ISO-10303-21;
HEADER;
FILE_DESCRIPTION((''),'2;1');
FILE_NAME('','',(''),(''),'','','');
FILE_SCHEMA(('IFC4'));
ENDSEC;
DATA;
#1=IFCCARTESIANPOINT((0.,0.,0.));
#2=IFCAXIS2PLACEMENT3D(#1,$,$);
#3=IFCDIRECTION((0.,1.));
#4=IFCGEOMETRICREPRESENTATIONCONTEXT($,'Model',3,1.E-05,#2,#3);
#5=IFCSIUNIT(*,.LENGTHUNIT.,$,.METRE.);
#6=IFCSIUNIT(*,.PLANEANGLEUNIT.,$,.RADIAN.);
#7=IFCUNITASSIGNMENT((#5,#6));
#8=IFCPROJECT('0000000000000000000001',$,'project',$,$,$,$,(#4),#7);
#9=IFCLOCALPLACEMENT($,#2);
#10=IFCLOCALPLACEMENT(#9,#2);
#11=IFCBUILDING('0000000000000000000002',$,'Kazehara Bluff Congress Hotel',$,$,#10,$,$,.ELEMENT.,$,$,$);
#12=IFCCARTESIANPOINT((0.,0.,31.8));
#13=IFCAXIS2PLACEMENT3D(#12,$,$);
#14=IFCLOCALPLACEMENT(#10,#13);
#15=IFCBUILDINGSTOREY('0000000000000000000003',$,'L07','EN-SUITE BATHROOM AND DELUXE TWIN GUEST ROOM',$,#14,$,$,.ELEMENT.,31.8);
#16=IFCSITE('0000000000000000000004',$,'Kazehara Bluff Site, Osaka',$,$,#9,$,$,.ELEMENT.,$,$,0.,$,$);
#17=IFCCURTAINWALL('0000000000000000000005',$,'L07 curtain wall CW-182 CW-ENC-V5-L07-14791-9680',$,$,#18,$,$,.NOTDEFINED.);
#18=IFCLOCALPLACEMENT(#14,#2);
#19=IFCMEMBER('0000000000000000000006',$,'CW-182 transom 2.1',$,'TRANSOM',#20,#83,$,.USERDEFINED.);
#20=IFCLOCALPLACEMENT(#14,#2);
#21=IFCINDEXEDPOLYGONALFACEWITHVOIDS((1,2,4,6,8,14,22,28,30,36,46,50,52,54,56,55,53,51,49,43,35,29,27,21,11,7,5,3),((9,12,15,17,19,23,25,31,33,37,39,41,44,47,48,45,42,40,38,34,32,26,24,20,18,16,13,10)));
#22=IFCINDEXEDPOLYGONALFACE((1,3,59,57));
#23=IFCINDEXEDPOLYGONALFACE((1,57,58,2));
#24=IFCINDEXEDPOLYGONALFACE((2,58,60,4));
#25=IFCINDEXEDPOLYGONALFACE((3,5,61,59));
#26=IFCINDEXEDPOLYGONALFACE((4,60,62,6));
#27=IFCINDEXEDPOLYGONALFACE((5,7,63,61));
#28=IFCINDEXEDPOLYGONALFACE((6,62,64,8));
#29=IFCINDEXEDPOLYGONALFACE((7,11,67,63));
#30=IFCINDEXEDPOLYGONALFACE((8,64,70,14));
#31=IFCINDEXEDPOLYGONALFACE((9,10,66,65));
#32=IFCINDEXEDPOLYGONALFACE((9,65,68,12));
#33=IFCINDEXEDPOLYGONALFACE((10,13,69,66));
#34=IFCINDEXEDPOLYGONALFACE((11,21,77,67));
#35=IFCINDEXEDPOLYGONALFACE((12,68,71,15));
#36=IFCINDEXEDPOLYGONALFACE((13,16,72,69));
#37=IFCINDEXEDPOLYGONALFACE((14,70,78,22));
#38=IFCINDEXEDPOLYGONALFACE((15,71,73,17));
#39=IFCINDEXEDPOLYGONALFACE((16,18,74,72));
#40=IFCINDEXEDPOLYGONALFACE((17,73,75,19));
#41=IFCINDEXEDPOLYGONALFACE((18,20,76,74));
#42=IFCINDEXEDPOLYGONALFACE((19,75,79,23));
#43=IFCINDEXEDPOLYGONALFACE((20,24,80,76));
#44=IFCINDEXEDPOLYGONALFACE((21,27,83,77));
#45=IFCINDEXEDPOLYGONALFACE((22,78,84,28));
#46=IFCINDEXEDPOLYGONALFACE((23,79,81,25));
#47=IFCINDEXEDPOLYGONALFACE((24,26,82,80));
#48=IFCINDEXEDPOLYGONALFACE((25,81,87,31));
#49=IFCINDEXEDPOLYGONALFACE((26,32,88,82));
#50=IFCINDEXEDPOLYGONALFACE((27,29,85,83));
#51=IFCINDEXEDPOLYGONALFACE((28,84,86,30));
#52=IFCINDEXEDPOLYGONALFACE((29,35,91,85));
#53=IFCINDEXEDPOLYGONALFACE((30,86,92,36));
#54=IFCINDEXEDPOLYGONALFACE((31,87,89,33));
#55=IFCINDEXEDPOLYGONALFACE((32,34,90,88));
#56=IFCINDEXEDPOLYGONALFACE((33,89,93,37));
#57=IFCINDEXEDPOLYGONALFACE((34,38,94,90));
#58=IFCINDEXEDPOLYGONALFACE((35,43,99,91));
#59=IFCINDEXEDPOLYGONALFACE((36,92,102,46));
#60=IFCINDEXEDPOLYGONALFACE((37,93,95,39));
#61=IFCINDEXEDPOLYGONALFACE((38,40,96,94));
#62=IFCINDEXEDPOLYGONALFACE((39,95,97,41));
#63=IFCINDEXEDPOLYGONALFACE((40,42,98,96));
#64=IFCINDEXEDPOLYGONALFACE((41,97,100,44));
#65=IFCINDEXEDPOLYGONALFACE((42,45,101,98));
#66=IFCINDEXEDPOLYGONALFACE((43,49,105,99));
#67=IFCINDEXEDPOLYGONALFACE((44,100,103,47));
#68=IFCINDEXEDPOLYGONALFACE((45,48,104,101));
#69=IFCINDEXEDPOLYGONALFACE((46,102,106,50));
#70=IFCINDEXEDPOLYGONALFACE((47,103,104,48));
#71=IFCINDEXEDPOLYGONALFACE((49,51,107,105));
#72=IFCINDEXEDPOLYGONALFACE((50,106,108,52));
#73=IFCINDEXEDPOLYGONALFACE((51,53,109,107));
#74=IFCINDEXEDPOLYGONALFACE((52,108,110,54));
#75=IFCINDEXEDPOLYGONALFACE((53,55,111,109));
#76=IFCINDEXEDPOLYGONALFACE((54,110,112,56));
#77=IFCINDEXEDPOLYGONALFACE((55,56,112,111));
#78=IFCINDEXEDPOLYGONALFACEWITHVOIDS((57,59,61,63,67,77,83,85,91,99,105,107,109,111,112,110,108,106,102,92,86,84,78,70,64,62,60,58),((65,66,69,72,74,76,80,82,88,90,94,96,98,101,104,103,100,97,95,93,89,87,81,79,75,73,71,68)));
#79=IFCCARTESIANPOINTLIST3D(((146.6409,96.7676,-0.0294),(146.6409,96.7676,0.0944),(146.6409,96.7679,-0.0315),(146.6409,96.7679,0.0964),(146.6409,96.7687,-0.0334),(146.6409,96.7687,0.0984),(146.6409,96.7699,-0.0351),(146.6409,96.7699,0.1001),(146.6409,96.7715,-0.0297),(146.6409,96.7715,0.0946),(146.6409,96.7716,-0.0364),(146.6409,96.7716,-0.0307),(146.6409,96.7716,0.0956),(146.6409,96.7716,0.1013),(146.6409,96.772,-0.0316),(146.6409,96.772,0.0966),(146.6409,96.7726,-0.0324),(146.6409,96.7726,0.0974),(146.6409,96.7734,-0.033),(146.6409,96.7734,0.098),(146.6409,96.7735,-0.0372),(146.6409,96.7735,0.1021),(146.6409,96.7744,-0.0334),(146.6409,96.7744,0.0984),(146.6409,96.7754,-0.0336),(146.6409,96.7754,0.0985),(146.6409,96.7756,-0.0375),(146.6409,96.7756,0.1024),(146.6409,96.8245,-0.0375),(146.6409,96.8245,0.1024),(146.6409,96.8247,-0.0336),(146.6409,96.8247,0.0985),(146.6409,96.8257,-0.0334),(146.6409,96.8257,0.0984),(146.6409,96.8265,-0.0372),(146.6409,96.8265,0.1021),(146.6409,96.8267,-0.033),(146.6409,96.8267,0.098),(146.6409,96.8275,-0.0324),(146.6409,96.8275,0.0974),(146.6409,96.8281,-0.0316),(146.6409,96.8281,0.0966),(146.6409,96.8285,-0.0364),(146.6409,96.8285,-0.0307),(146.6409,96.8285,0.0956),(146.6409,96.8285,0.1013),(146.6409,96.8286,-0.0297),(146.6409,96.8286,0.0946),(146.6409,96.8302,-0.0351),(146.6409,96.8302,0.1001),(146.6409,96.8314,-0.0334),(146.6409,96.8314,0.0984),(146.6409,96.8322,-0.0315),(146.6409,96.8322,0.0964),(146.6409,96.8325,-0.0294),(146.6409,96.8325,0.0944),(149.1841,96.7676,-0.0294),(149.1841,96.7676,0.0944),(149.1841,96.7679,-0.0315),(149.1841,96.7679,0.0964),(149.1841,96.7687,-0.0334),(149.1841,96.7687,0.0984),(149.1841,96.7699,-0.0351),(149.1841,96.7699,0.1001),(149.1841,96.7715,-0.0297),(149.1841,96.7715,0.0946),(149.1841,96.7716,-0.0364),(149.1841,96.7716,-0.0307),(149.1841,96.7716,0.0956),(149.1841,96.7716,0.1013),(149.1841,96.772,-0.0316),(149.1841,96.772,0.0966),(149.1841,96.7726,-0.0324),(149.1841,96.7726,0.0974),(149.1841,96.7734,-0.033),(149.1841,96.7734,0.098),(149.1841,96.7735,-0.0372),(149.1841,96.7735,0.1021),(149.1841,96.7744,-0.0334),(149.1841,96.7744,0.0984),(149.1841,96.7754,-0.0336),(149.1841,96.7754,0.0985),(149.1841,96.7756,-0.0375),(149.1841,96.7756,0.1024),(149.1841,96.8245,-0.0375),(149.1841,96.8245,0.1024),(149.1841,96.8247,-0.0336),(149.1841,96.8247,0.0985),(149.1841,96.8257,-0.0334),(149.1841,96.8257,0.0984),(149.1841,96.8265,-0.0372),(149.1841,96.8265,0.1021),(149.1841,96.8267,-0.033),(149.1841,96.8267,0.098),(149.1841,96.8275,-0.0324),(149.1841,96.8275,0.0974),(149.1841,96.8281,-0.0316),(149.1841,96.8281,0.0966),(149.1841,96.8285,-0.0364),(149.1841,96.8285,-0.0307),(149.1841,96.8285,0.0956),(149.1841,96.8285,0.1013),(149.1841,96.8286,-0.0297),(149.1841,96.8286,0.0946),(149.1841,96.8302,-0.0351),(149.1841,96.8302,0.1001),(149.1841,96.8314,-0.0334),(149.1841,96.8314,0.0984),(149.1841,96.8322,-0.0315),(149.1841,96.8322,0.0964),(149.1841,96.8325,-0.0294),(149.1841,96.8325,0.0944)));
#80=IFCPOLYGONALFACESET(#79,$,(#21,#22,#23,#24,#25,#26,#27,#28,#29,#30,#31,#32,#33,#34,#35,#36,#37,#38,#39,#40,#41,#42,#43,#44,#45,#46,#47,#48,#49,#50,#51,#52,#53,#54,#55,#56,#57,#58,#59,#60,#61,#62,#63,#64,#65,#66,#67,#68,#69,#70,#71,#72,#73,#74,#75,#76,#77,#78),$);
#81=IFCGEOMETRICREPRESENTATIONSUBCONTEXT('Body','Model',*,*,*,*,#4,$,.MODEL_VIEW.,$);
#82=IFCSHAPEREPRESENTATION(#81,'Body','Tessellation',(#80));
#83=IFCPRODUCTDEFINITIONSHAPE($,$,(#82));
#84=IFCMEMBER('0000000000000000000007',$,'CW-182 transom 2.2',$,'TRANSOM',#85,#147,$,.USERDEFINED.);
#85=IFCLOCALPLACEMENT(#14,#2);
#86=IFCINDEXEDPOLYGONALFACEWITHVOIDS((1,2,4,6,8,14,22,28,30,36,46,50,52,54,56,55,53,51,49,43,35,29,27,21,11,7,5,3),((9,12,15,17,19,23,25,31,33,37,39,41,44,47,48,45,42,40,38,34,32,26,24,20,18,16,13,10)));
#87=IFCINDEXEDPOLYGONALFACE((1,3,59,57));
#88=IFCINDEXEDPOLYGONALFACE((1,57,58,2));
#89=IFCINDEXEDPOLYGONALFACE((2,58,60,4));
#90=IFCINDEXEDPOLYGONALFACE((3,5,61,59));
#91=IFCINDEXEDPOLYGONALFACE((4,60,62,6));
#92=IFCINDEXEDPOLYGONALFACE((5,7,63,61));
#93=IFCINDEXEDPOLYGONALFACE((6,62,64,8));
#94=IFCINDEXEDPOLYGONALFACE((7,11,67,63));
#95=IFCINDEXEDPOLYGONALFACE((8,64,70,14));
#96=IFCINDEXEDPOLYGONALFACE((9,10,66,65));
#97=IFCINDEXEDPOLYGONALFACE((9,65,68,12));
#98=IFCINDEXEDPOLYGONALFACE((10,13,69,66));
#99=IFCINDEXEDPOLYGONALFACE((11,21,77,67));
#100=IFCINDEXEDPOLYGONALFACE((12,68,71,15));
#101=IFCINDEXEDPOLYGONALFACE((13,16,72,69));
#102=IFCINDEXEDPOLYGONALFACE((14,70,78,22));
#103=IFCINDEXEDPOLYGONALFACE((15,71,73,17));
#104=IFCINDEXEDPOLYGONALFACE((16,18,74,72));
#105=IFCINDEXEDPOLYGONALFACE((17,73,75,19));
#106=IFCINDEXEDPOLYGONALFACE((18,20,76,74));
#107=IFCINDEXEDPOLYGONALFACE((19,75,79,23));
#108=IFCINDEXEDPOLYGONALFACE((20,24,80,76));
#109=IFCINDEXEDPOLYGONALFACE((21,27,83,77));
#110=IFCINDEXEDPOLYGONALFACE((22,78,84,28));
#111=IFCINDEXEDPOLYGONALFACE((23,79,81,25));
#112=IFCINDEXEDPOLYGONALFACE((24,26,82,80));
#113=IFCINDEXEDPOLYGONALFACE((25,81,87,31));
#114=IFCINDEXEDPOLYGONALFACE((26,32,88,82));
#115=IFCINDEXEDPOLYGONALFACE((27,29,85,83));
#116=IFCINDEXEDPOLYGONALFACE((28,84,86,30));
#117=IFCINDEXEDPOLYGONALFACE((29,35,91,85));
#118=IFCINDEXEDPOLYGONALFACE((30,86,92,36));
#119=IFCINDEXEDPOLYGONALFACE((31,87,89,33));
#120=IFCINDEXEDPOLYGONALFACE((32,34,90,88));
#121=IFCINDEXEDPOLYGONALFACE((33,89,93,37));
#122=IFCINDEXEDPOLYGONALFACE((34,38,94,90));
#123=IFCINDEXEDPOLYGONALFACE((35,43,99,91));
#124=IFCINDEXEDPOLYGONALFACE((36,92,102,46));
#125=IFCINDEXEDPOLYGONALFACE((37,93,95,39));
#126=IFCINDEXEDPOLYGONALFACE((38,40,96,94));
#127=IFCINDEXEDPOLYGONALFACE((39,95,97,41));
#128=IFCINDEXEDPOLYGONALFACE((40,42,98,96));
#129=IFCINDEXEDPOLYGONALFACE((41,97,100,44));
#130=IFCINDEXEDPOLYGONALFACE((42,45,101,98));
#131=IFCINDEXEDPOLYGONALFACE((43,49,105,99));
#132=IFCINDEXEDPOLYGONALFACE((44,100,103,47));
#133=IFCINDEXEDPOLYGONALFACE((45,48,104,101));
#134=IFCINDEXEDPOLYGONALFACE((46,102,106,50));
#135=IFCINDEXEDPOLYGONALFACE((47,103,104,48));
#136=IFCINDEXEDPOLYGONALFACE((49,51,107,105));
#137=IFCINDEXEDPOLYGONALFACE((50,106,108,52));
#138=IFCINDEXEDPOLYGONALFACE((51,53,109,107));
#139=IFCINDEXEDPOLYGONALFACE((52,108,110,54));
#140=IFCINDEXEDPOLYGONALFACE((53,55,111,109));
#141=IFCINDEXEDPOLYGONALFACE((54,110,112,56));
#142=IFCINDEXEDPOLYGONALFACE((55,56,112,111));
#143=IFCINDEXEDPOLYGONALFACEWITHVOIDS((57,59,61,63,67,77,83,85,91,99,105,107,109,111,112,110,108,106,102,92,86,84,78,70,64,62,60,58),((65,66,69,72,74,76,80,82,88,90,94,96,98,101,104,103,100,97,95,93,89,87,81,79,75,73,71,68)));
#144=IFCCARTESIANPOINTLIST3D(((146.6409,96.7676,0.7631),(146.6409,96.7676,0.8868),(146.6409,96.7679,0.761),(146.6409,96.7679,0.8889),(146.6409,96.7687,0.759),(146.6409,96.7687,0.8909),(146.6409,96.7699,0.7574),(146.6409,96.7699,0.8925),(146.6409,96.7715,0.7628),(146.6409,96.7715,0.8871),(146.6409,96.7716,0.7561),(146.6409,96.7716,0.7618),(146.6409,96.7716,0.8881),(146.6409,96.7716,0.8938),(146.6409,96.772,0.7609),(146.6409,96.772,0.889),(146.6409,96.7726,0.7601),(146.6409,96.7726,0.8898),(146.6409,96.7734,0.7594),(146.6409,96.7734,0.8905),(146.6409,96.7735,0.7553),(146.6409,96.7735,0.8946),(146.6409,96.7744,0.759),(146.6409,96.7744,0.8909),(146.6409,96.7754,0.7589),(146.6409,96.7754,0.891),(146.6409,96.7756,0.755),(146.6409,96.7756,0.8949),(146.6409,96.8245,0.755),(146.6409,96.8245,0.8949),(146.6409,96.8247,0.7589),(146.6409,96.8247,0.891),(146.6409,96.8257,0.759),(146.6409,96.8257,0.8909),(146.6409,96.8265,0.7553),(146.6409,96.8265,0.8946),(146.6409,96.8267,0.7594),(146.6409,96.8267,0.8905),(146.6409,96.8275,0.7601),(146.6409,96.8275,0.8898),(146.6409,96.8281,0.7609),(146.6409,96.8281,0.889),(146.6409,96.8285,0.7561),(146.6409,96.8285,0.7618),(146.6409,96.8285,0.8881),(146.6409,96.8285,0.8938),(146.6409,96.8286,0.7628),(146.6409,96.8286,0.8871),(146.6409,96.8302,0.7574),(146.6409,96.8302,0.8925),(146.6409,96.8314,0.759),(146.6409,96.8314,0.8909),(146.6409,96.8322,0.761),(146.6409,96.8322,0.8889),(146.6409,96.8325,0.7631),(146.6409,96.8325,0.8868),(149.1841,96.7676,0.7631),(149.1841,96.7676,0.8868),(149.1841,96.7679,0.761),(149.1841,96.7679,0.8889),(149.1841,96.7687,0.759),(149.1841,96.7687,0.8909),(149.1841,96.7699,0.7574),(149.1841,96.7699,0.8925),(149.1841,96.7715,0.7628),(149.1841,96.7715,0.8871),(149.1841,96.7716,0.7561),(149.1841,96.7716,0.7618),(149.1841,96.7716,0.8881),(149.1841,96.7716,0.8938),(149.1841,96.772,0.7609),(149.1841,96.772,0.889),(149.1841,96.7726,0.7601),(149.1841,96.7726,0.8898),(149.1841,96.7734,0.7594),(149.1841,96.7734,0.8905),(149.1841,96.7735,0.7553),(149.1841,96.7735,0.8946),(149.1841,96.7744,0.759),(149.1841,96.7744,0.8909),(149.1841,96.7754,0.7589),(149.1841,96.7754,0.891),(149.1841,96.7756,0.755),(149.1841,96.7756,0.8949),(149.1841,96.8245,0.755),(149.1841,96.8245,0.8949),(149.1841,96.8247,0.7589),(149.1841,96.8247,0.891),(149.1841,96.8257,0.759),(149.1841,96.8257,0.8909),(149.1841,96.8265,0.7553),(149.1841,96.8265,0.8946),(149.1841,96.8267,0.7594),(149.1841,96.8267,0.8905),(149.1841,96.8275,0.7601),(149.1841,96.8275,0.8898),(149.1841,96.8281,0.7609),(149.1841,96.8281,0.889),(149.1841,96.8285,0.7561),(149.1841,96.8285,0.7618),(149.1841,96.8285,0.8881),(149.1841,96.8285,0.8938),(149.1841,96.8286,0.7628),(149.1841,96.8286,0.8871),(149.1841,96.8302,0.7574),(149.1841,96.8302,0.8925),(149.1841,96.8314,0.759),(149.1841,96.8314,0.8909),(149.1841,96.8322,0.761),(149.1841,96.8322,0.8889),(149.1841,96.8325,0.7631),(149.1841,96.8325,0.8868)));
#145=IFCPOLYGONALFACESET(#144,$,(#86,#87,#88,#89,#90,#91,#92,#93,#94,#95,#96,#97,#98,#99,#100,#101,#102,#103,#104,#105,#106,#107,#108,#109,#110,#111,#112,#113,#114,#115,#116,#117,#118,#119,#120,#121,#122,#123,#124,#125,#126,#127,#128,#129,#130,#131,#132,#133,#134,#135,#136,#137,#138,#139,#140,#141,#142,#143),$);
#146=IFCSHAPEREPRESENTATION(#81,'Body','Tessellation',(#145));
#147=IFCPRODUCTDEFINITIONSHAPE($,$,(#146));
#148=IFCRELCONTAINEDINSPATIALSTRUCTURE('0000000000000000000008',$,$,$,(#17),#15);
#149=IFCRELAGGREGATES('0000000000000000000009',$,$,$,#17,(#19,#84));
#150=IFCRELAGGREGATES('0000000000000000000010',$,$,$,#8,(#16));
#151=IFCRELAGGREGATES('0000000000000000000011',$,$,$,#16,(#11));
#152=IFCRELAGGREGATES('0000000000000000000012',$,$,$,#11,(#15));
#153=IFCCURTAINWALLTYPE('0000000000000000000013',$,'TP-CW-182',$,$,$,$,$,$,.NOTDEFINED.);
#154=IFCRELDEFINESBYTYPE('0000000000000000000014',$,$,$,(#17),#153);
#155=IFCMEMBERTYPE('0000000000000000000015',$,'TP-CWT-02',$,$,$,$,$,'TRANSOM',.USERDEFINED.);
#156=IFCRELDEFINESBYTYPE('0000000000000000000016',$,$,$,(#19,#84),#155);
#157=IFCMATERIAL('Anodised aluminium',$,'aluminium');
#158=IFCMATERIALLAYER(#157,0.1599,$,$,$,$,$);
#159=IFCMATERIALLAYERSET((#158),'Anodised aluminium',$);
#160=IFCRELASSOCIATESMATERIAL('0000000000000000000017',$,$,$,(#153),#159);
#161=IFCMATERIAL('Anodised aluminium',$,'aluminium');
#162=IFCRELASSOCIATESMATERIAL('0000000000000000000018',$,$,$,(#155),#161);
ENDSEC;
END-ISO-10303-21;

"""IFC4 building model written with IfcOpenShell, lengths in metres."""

from ifc_helpers import new_model, si_unit, direction, frame, origin, origin_2d, place, context, subcontext, project, spatial, hollow_rectangle, extrude, material, layer, layer_set, material_profile, profile_set, type_object, element, aggregate, save


model = new_model("IFC4")

# Units and contexts
model_context = context("Model", 3, precision=1e-05, world=origin(), true_north=direction((0.0, 1.0)))
body_context = subcontext(model_context, "Body", "Model", "MODEL_VIEW")
ifc_project = project(units=[si_unit("LENGTHUNIT", "METRE"), si_unit("PLANEANGLEUNIT", "RADIAN")], contexts=[model_context])

# Site, building, storey
site_placement = place(None, origin())
site = spatial("IfcSite", under=ifc_project, at=site_placement, Name="Kazehara Bluff Site, Osaka", CompositionType="ELEMENT", RefElevation=0.0)
building_placement = place(site_placement, origin())
building = spatial("IfcBuilding", under=site, at=building_placement, Name="Kazehara Bluff Congress Hotel", CompositionType="ELEMENT")
storey_placement = place(building_placement, frame((0.0, 0.0, 31.8)))
storey = spatial("IfcBuildingStorey", under=building, at=storey_placement, Name="L07", Description="EN-SUITE BATHROOM AND DELUXE TWIN GUEST ROOM", CompositionType="ELEMENT", Elevation=31.8)

# Curtain wall, members
ifc_material_1 = material(Name="Anodised aluminium", Category="aluminium")
ifc_layer_1 = layer(ifc_material_1, 0.1599)
ifc_layer_set_1 = layer_set([ifc_layer_1], Name="Anodised aluminium")
curtain_wall_type_1 = type_object("IfcCurtainWallType", Name="TP-CW-182", PredefinedType="NOTDEFINED", material=ifc_layer_set_1)
curtain_wall_1_placement = place(storey_placement, origin())
curtain_wall_1 = element("IfcCurtainWall", 1, at=curtain_wall_1_placement, inside=storey, type_object=curtain_wall_type_1, Name="L07 curtain wall CW-182 CW-ENC-V5-L07-14791-9680", PredefinedType="NOTDEFINED")
ifc_material_2 = material(Name="Anodised aluminium", Category="aluminium")
ifc_material_profile_1 = material_profile(ifc_material_2, hollow_rectangle(XDim=0.0649, YDim=0.1399, WallThickness=0.0039, InnerFilletRadius=0.0039, OuterFilletRadius=0.0081, at=origin_2d()))
ifc_profile_set_1 = profile_set([ifc_material_profile_1], Name="Anodised aluminium")
member_type_1 = type_object("IfcMemberType", Name="TP-CWT-02", ElementType="TRANSOM", PredefinedType="USERDEFINED", material=ifc_profile_set_1)
member_1_placement = place(storey_placement, frame((146.6409, 96.8, 0.0325), z_axis=(1.0, 0.0, 0.0), x_axis=(0.0, 1.0, 0.0)))
member_1 = element("IfcMember", 2, at=member_1_placement, type_object=member_type_1, Name="CW-182 transom 2.1", ObjectType="TRANSOM", PredefinedType="USERDEFINED", context=body_context, shape_type="SweptSolid", body=[
    extrude(hollow_rectangle(XDim=0.0649, YDim=0.1399, WallThickness=0.0039, InnerFilletRadius=0.0039, OuterFilletRadius=0.0081, at=origin_2d()), origin(), (0.0, 0.0, 1.0), 2.5432),
])
member_2_placement = place(storey_placement, frame((146.6409, 96.8, 0.825), z_axis=(1.0, 0.0, 0.0), x_axis=(0.0, 1.0, 0.0)))
member_2 = element("IfcMember", 3, at=member_2_placement, type_object=member_type_1, Name="CW-182 transom 2.2", ObjectType="TRANSOM", PredefinedType="USERDEFINED", context=body_context, shape_type="SweptSolid", body=[
    extrude(hollow_rectangle(XDim=0.0649, YDim=0.1399, WallThickness=0.0039, InnerFilletRadius=0.0039, OuterFilletRadius=0.0081, at=origin_2d()), origin(), (0.0, 0.0, 1.0), 2.5432),
])

aggregate(curtain_wall_1, [member_1, member_2])

save(model, "model.ifc")
